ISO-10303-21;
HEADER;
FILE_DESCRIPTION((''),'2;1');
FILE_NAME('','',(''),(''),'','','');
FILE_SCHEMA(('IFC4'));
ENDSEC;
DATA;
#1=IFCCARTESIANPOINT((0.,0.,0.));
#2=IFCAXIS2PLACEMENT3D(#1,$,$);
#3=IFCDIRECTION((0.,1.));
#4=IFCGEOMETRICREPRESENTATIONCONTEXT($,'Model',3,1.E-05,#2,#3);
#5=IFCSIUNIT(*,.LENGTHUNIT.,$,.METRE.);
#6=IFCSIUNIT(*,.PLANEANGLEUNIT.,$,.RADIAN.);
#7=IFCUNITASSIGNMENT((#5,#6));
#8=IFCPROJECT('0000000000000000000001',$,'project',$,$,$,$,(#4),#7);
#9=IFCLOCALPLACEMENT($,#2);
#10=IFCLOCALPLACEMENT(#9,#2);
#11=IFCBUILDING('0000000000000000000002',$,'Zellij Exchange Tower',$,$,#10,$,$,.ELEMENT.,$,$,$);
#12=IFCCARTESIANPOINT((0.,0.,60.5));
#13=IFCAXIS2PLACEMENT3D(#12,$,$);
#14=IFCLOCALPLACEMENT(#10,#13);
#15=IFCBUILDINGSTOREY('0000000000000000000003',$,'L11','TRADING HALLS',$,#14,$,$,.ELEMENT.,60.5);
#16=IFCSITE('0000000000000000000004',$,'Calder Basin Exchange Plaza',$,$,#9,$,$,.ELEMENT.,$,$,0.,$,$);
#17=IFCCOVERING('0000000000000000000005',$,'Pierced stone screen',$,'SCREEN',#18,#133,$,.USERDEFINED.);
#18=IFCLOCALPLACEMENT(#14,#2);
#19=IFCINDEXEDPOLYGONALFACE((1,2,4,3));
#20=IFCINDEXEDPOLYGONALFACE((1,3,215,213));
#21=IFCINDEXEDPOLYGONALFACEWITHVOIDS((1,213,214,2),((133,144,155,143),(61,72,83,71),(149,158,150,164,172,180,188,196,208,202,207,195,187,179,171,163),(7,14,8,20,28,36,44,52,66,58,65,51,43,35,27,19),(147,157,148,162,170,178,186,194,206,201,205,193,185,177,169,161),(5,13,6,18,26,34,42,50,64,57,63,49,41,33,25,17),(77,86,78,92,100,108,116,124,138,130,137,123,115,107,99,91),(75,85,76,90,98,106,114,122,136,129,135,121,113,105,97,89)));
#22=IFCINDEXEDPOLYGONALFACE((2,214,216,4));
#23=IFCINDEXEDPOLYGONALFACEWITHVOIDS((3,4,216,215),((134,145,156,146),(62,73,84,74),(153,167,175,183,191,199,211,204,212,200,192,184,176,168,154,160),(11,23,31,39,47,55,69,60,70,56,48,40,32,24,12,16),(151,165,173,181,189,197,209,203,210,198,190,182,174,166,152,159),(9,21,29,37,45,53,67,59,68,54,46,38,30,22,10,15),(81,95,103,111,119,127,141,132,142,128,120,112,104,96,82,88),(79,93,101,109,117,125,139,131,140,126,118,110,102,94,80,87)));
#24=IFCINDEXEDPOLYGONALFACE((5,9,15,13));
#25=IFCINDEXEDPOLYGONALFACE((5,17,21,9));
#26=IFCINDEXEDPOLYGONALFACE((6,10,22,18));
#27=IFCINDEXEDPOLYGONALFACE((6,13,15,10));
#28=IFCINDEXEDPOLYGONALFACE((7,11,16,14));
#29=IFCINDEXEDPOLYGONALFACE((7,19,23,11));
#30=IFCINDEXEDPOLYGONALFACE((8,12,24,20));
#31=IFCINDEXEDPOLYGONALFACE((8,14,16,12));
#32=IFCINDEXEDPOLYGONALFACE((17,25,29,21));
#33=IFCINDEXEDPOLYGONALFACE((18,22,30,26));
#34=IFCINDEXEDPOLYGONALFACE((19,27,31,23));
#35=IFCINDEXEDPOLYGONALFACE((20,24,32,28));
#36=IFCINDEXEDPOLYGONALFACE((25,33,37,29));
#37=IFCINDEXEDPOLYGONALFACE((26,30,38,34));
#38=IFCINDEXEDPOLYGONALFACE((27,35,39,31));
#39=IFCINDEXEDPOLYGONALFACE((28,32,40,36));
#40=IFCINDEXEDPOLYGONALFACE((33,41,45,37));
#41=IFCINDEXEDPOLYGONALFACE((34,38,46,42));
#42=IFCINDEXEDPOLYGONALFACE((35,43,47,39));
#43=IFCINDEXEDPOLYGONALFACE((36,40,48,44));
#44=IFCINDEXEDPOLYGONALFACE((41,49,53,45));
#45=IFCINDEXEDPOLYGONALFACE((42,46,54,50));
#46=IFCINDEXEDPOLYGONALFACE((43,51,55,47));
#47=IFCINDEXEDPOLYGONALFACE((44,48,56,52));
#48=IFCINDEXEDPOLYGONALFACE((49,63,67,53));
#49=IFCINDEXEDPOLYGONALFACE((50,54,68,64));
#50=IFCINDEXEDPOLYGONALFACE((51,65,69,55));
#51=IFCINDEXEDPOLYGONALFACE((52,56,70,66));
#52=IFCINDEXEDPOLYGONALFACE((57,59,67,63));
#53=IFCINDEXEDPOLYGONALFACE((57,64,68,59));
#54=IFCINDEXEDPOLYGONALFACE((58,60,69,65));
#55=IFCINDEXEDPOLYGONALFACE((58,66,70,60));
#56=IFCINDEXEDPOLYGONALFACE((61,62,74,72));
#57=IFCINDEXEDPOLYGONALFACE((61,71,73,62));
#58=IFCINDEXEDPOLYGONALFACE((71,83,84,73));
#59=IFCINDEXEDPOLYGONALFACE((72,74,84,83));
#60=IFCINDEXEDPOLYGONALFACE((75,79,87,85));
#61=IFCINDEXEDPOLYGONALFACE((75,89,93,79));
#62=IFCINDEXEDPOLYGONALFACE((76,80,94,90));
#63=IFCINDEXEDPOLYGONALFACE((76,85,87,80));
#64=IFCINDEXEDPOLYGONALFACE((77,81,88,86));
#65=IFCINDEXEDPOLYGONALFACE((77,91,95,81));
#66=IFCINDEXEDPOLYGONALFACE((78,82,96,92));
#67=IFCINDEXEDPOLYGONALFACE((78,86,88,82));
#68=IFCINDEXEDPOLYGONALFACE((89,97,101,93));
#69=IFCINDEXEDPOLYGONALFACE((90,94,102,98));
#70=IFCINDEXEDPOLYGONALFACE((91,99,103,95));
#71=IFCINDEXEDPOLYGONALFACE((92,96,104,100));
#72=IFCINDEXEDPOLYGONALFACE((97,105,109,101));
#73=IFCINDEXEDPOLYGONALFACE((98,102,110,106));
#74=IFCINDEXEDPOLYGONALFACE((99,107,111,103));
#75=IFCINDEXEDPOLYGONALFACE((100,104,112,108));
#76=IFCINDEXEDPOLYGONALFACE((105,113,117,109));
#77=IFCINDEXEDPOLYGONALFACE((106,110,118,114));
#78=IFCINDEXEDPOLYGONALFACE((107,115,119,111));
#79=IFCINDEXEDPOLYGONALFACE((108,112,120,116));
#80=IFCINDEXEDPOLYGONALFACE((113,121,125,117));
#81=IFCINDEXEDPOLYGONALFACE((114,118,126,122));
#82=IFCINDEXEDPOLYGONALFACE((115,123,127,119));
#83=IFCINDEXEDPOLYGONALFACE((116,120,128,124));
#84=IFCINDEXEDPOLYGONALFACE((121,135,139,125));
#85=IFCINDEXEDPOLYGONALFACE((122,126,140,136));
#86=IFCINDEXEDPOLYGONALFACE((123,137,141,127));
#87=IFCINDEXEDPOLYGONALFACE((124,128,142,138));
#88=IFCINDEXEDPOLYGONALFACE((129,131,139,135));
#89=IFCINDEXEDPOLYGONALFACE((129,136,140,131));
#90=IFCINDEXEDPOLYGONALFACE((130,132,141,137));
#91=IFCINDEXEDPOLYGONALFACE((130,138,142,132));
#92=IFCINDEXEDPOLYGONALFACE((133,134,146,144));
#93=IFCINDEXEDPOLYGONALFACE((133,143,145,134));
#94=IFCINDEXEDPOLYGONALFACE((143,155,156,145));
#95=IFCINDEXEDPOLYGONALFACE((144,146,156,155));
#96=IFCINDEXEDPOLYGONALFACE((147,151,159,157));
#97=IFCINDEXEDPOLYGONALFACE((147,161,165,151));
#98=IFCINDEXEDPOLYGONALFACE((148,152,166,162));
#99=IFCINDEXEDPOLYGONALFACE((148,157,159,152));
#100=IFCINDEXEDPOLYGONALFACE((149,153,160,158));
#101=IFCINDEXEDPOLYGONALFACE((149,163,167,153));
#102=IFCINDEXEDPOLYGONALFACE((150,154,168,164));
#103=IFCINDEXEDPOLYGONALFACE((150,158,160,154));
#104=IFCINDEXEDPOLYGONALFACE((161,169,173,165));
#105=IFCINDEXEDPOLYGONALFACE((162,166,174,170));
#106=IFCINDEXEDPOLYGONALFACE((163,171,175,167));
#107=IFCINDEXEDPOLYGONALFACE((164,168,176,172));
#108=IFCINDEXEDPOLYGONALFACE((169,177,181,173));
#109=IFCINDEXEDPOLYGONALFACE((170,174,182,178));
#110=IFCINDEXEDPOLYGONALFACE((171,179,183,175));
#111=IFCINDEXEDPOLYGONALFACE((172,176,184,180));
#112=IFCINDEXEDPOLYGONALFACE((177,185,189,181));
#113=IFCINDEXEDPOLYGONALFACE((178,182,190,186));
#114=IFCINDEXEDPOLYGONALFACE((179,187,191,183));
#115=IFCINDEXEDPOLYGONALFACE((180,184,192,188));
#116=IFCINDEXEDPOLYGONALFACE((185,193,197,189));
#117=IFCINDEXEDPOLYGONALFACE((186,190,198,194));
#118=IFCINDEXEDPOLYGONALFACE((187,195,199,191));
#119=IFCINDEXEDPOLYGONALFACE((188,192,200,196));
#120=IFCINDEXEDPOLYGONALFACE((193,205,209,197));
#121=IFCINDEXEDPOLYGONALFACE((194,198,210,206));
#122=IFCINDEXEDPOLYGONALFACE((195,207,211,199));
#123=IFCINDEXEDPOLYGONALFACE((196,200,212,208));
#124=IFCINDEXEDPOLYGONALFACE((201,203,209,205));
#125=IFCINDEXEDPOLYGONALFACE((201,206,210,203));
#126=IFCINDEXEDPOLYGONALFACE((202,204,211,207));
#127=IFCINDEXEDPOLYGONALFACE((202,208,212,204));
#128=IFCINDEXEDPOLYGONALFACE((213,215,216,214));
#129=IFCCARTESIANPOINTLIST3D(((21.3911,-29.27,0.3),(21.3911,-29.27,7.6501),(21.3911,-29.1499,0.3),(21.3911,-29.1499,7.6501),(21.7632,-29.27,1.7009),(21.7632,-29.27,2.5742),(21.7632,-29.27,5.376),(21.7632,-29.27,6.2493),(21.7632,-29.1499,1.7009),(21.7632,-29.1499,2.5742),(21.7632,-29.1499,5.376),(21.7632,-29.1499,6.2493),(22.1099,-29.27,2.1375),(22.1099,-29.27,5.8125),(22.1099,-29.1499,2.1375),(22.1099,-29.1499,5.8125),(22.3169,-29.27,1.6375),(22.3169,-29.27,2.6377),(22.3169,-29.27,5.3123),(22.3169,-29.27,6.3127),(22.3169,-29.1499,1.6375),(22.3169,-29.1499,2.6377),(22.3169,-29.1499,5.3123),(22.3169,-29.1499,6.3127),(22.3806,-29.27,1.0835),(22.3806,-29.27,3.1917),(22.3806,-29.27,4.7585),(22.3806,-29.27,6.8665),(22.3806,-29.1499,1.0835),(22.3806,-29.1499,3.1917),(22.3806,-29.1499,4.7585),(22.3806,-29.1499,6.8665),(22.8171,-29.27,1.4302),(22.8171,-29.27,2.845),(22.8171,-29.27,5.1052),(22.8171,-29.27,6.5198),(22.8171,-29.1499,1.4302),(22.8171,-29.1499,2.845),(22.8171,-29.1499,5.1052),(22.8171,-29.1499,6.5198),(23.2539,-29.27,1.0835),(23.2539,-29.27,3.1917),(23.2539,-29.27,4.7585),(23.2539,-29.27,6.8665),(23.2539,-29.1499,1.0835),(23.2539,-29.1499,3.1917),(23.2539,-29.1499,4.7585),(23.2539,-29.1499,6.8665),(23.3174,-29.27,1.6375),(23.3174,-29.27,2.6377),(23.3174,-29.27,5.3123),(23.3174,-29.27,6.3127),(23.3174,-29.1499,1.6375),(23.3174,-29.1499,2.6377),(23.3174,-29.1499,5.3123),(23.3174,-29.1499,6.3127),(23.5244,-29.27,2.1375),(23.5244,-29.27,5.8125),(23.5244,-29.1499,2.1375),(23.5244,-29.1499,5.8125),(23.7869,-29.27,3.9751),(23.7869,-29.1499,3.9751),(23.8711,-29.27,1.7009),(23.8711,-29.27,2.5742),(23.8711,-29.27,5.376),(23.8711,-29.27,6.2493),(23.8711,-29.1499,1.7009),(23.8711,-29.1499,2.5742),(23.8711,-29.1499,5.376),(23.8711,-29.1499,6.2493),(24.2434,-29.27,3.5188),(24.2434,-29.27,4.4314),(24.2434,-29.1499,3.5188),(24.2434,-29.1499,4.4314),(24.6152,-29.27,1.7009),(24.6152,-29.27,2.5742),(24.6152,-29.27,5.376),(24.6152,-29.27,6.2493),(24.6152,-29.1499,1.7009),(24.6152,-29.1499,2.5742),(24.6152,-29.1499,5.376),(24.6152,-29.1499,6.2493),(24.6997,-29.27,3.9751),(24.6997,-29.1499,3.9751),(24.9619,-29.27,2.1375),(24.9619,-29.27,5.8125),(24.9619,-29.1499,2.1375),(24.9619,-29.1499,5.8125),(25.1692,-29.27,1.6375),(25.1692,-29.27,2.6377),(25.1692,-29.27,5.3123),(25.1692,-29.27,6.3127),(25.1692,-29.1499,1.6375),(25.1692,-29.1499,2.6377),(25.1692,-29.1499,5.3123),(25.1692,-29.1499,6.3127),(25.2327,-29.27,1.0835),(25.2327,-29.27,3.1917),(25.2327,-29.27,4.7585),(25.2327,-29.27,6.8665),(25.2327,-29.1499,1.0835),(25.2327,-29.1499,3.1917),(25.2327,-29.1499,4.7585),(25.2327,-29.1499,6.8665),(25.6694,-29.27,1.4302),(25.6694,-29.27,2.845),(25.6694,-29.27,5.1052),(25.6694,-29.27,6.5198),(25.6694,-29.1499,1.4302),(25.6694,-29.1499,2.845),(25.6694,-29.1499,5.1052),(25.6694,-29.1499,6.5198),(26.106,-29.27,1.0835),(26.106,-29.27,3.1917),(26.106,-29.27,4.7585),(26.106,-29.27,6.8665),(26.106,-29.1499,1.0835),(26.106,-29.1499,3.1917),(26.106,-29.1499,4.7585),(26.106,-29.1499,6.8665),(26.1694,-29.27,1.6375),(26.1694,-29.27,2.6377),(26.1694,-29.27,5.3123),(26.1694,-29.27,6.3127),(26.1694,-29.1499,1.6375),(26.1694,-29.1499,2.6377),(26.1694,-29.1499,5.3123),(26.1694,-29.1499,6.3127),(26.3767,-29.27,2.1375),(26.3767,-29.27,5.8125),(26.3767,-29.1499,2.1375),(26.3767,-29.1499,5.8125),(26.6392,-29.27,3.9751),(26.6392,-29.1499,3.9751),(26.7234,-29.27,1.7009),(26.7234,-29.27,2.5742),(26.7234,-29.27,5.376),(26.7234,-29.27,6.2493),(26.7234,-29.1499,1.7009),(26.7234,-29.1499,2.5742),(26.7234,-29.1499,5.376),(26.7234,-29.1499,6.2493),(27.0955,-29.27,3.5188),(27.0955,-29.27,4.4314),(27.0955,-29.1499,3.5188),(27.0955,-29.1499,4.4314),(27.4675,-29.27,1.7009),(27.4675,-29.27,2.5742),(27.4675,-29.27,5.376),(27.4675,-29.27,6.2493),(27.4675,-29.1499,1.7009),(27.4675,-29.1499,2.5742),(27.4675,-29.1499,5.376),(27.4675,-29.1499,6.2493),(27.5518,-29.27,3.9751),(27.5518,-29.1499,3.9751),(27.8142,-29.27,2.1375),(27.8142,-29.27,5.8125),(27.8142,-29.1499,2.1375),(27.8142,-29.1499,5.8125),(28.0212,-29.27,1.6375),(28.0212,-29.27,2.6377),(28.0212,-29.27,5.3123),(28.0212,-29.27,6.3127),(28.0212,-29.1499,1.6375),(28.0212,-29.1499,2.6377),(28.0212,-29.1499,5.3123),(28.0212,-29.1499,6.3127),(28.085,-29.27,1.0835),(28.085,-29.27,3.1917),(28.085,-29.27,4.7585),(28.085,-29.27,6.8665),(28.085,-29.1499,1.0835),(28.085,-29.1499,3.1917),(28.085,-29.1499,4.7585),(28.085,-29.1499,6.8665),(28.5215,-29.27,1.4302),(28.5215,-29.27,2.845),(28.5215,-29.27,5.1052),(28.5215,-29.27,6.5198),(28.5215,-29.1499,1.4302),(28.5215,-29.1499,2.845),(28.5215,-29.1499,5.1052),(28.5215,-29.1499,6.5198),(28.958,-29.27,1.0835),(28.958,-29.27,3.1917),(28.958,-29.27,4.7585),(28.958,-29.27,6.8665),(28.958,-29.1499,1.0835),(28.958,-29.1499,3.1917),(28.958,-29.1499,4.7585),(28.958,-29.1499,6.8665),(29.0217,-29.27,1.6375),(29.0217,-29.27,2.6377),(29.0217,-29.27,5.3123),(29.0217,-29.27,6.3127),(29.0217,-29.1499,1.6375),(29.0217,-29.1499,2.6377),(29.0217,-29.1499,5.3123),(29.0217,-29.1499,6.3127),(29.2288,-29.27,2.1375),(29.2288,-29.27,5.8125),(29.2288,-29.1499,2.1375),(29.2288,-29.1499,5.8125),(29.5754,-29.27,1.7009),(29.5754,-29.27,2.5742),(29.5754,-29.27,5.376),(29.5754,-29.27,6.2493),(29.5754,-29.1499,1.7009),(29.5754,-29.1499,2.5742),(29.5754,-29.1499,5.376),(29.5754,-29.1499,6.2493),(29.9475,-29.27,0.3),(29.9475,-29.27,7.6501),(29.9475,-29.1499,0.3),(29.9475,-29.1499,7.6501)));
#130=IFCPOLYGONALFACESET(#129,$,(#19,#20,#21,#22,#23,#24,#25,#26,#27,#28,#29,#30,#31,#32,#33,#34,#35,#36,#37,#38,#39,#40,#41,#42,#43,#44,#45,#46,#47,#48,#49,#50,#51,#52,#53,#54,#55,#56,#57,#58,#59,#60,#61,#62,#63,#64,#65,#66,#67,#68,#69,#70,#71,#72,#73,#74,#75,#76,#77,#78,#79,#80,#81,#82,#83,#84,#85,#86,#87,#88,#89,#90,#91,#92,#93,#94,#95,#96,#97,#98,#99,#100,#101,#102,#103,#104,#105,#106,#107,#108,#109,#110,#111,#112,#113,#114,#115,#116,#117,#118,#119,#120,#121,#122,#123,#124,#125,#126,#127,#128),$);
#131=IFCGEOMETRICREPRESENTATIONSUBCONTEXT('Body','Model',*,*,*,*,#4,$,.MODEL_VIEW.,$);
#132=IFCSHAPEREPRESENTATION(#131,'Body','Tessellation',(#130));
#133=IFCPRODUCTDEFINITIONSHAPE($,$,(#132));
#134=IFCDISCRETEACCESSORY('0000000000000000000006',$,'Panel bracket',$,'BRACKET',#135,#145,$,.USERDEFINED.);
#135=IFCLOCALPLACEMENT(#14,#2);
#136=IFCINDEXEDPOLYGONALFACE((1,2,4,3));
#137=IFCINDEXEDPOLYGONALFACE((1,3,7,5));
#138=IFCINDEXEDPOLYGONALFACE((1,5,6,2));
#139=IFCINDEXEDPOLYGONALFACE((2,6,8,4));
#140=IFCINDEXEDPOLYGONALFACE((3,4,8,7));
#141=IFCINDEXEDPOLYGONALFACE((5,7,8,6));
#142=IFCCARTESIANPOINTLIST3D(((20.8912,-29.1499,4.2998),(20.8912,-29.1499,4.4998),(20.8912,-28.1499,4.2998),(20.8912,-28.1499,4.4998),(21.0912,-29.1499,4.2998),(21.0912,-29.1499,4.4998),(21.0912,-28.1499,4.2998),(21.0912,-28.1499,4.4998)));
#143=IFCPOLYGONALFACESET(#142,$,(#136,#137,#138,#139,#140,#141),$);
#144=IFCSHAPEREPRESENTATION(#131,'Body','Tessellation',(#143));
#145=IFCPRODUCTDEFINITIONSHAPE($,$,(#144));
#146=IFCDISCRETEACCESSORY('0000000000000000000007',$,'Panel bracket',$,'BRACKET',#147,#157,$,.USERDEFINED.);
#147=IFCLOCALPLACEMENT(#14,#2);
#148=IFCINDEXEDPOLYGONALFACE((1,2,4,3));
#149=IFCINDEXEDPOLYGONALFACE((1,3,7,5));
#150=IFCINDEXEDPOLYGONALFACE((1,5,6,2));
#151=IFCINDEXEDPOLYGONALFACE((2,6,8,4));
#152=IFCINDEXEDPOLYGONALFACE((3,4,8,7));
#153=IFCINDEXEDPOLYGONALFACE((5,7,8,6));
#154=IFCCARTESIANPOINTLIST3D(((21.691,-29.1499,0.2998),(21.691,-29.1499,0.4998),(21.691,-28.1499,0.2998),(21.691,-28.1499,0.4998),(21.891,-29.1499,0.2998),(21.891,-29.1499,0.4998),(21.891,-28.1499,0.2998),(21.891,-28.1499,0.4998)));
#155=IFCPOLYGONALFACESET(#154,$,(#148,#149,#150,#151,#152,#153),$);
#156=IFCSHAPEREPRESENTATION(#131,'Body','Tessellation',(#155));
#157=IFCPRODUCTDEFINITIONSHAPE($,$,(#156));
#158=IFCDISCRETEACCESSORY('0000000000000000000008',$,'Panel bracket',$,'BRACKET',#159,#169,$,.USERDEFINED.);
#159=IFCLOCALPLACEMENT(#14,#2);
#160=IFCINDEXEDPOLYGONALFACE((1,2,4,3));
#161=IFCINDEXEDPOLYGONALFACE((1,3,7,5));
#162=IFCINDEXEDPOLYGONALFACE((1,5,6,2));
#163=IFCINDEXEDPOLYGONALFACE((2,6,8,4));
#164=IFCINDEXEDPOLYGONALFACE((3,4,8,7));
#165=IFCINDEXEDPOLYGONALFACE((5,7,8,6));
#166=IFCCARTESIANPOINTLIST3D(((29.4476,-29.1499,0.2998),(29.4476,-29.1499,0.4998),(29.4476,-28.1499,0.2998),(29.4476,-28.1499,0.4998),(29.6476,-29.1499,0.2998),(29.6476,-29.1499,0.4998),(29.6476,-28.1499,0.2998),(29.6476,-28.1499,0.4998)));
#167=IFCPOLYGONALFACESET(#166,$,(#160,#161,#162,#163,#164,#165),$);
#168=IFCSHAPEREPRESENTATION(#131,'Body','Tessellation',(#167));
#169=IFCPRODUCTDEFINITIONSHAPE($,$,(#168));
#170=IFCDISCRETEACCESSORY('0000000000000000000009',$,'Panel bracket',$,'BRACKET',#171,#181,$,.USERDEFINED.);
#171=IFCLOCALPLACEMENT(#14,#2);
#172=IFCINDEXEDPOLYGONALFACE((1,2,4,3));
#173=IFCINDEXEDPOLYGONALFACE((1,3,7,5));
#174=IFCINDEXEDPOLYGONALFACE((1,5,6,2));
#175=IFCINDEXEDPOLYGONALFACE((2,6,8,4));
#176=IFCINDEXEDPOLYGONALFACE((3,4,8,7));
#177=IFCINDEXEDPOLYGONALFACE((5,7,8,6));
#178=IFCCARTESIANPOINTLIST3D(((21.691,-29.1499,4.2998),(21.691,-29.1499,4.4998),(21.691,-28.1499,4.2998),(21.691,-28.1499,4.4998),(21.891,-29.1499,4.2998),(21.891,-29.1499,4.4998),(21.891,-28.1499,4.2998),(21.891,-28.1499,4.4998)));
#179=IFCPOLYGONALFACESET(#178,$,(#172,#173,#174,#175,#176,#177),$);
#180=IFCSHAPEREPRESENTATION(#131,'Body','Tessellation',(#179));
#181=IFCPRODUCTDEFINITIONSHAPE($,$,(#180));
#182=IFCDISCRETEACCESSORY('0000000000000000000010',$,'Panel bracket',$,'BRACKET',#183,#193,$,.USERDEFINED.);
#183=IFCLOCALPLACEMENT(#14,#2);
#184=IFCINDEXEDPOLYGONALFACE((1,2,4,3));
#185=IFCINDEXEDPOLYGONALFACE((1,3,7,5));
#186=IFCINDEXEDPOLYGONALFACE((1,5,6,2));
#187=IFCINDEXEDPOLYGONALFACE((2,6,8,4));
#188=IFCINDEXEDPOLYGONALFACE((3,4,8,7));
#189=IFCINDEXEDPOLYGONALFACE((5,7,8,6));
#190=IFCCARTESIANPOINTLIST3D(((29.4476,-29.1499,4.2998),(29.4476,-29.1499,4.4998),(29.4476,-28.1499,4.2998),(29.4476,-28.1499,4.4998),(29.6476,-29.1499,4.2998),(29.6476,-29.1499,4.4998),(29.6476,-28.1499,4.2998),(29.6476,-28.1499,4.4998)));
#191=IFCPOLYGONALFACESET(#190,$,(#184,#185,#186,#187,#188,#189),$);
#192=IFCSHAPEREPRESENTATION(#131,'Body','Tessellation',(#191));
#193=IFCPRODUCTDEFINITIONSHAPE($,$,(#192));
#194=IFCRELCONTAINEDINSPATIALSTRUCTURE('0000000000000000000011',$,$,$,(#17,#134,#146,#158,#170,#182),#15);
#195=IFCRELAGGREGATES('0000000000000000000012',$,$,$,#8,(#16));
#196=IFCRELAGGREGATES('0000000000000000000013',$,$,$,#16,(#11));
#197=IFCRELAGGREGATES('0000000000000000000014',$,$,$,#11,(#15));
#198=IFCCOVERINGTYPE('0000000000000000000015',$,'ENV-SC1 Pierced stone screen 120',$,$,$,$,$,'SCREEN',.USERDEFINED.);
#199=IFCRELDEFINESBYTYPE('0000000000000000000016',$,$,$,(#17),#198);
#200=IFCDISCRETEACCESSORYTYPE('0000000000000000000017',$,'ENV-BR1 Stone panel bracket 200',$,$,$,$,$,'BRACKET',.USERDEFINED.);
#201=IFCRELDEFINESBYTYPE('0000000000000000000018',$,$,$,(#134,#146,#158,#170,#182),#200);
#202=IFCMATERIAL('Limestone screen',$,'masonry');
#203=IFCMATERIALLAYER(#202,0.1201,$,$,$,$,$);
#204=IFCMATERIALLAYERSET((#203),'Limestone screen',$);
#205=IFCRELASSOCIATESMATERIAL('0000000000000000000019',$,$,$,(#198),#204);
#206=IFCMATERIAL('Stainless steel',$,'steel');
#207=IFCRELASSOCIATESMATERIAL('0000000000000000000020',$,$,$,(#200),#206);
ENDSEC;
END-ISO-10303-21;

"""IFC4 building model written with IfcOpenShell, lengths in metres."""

from ifc_helpers import new_model, si_unit, direction, frame, origin, origin_2d, place, context, subcontext, project, spatial, polyline, rectangle, outline, extrude, material, layer, layer_set, type_object, element, save


model = new_model("IFC4")

# Units and contexts
model_context = context("Model", 3, precision=1e-05, world=origin(), true_north=direction((0.0, 1.0)))
body_context = subcontext(model_context, "Body", "Model", "MODEL_VIEW")
ifc_project = project(units=[si_unit("LENGTHUNIT", "METRE"), si_unit("PLANEANGLEUNIT", "RADIAN")], contexts=[model_context])

# Site, building, storey
site_placement = place(None, origin())
site = spatial("IfcSite", under=ifc_project, at=site_placement, Name="Calder Basin Exchange Plaza", CompositionType="ELEMENT", RefElevation=0.0)
building_placement = place(site_placement, origin())
building = spatial("IfcBuilding", under=site, at=building_placement, Name="Zellij Exchange Tower", CompositionType="ELEMENT")
storey_placement = place(building_placement, frame((0.0, 0.0, 60.5)))
storey = spatial("IfcBuildingStorey", under=building, at=storey_placement, Name="L11", Description="TRADING HALLS", CompositionType="ELEMENT", Elevation=60.5)

# Covering
ifc_material_1 = material(Name="Limestone screen", Category="masonry")
ifc_layer = layer(ifc_material_1, 0.1201)
ifc_layer_set = layer_set([ifc_layer], Name="Limestone screen")
covering_type = type_object("IfcCoveringType", Name="ENV-SC1 Pierced stone screen 120", ElementType="SCREEN", PredefinedType="USERDEFINED", material=ifc_layer_set)
covering_placement = place(storey_placement, frame((21.3911, -29.21, 0.3), z_axis=(0.0, 0.0, 1.0), x_axis=(1.0, 0.0, 0.0)))
element("IfcCovering", 1, at=covering_placement, inside=storey, type_object=covering_type, Name="Pierced stone screen", ObjectType="SCREEN", PredefinedType="USERDEFINED", context=body_context, shape_type="SweptSolid", body=[
    extrude(outline(polyline([(0.0, 0.0), (8.5564, 0.0), (8.5564, 7.3501), (0.0, 7.3501), (0.0, 0.0)]), holes=[polyline([(2.48, 2.2742), (1.9263, 2.3376), (1.8628, 2.8916), (1.426, 2.5449), (0.9895, 2.8916), (0.9258, 2.3376), (0.3721, 2.2742), (0.7188, 1.8374), (0.3721, 1.4009), (0.9258, 1.3374), (0.9895, 0.7834), (1.426, 1.1301), (1.8628, 0.7834), (1.9263, 1.3374), (2.48, 1.4009), (2.1333, 1.8374), (2.48, 2.2742)]), polyline([(2.48, 5.9492), (1.9263, 6.0127), (1.8628, 6.5664), (1.426, 6.2197), (0.9895, 6.5664), (0.9258, 6.0127), (0.3721, 5.9492), (0.7188, 5.5125), (0.3721, 5.0759), (0.9258, 5.0122), (0.9895, 4.4585), (1.426, 4.8052), (1.8628, 4.4585), (1.9263, 5.0122), (2.48, 5.0759), (2.1333, 5.5125), (2.48, 5.9492)]), polyline([(5.3323, 2.2742), (4.7783, 2.3376), (4.7148, 2.8916), (4.2783, 2.5449), (3.8416, 2.8916), (3.7781, 2.3376), (3.2241, 2.2742), (3.5708, 1.8374), (3.2241, 1.4009), (3.7781, 1.3374), (3.8416, 0.7834), (4.2783, 1.1301), (4.7148, 0.7834), (4.7783, 1.3374), (5.3323, 1.4009), (4.9856, 1.8374), (5.3323, 2.2742)]), polyline([(5.3323, 5.9492), (4.7783, 6.0127), (4.7148, 6.5664), (4.2783, 6.2197), (3.8416, 6.5664), (3.7781, 6.0127), (3.2241, 5.9492), (3.5708, 5.5125), (3.2241, 5.0759), (3.7781, 5.0122), (3.8416, 4.4585), (4.2783, 4.8052), (4.7148, 4.4585), (4.7783, 5.0122), (5.3323, 5.0759), (4.9856, 5.5125), (5.3323, 5.9492)]), polyline([(8.1843, 2.2742), (7.6306, 2.3376), (7.5669, 2.8916), (7.1304, 2.5449), (6.6938, 2.8916), (6.6301, 2.3376), (6.0764, 2.2742), (6.4231, 1.8374), (6.0764, 1.4009), (6.6301, 1.3374), (6.6938, 0.7834), (7.1304, 1.1301), (7.5669, 0.7834), (7.6306, 1.3374), (8.1843, 1.4009), (7.8376, 1.8374), (8.1843, 2.2742)]), polyline([(8.1843, 5.9492), (7.6306, 6.0127), (7.5669, 6.5664), (7.1304, 6.2197), (6.6938, 6.5664), (6.6301, 6.0127), (6.0764, 5.9492), (6.4231, 5.5125), (6.0764, 5.0759), (6.6301, 5.0122), (6.6938, 4.4585), (7.1304, 4.8052), (7.5669, 4.4585), (7.6306, 5.0122), (8.1843, 5.0759), (7.8376, 5.5125), (8.1843, 5.9492)]), polyline([(3.3086, 3.675), (2.8523, 4.1313), (2.3958, 3.675), (2.8523, 3.2188), (3.3086, 3.675)]), polyline([(6.1606, 3.675), (5.7043, 4.1313), (5.248, 3.675), (5.7043, 3.2188), (6.1606, 3.675)])]), frame((0.0, 0.0601, 0.0), z_axis=(0.0, -1.0, 0.0), x_axis=(1.0, 0.0, 0.0)), (0.0, 0.0, 1.0), 0.1201),
])

# Discrete accessories
ifc_material_2 = material(Name="Stainless steel", Category="steel")
discrete_accessory_type = type_object("IfcDiscreteAccessoryType", Name="ENV-BR1 Stone panel bracket 200", ElementType="BRACKET", PredefinedType="USERDEFINED", material=ifc_material_2)
for number, where, z_axis, x_axis, name in (
    (2, (20.9912, -28.6499, 4.2998), (0.0, 0.0, 1.0), (1.0, 0.0, 0.0), "Panel bracket"),
    (3, (21.791, -28.6499, 0.2998), (0.0, 0.0, 1.0), (1.0, 0.0, 0.0), "Panel bracket"),
    (4, (29.5476, -28.6499, 0.2998), (0.0, 0.0, 1.0), (1.0, 0.0, 0.0), "Panel bracket"),
    (5, (21.791, -28.6499, 4.2998), (0.0, 0.0, 1.0), (1.0, 0.0, 0.0), "Panel bracket"),
    (6, (29.5476, -28.6499, 4.2998), (0.0, 0.0, 1.0), (1.0, 0.0, 0.0), "Panel bracket"),
):
    element("IfcDiscreteAccessory", number, at=place(storey_placement, frame(where, z_axis=z_axis, x_axis=x_axis)), inside=storey, type_object=discrete_accessory_type, Name=name, ObjectType="BRACKET", PredefinedType="USERDEFINED", context=body_context, shape_type="SweptSolid", body=[
        extrude(rectangle(XDim=0.2, YDim=1.0, at=origin_2d()), origin(), (0.0, 0.0, 1.0), 0.2),
    ])

save(model, "model.ifc")
